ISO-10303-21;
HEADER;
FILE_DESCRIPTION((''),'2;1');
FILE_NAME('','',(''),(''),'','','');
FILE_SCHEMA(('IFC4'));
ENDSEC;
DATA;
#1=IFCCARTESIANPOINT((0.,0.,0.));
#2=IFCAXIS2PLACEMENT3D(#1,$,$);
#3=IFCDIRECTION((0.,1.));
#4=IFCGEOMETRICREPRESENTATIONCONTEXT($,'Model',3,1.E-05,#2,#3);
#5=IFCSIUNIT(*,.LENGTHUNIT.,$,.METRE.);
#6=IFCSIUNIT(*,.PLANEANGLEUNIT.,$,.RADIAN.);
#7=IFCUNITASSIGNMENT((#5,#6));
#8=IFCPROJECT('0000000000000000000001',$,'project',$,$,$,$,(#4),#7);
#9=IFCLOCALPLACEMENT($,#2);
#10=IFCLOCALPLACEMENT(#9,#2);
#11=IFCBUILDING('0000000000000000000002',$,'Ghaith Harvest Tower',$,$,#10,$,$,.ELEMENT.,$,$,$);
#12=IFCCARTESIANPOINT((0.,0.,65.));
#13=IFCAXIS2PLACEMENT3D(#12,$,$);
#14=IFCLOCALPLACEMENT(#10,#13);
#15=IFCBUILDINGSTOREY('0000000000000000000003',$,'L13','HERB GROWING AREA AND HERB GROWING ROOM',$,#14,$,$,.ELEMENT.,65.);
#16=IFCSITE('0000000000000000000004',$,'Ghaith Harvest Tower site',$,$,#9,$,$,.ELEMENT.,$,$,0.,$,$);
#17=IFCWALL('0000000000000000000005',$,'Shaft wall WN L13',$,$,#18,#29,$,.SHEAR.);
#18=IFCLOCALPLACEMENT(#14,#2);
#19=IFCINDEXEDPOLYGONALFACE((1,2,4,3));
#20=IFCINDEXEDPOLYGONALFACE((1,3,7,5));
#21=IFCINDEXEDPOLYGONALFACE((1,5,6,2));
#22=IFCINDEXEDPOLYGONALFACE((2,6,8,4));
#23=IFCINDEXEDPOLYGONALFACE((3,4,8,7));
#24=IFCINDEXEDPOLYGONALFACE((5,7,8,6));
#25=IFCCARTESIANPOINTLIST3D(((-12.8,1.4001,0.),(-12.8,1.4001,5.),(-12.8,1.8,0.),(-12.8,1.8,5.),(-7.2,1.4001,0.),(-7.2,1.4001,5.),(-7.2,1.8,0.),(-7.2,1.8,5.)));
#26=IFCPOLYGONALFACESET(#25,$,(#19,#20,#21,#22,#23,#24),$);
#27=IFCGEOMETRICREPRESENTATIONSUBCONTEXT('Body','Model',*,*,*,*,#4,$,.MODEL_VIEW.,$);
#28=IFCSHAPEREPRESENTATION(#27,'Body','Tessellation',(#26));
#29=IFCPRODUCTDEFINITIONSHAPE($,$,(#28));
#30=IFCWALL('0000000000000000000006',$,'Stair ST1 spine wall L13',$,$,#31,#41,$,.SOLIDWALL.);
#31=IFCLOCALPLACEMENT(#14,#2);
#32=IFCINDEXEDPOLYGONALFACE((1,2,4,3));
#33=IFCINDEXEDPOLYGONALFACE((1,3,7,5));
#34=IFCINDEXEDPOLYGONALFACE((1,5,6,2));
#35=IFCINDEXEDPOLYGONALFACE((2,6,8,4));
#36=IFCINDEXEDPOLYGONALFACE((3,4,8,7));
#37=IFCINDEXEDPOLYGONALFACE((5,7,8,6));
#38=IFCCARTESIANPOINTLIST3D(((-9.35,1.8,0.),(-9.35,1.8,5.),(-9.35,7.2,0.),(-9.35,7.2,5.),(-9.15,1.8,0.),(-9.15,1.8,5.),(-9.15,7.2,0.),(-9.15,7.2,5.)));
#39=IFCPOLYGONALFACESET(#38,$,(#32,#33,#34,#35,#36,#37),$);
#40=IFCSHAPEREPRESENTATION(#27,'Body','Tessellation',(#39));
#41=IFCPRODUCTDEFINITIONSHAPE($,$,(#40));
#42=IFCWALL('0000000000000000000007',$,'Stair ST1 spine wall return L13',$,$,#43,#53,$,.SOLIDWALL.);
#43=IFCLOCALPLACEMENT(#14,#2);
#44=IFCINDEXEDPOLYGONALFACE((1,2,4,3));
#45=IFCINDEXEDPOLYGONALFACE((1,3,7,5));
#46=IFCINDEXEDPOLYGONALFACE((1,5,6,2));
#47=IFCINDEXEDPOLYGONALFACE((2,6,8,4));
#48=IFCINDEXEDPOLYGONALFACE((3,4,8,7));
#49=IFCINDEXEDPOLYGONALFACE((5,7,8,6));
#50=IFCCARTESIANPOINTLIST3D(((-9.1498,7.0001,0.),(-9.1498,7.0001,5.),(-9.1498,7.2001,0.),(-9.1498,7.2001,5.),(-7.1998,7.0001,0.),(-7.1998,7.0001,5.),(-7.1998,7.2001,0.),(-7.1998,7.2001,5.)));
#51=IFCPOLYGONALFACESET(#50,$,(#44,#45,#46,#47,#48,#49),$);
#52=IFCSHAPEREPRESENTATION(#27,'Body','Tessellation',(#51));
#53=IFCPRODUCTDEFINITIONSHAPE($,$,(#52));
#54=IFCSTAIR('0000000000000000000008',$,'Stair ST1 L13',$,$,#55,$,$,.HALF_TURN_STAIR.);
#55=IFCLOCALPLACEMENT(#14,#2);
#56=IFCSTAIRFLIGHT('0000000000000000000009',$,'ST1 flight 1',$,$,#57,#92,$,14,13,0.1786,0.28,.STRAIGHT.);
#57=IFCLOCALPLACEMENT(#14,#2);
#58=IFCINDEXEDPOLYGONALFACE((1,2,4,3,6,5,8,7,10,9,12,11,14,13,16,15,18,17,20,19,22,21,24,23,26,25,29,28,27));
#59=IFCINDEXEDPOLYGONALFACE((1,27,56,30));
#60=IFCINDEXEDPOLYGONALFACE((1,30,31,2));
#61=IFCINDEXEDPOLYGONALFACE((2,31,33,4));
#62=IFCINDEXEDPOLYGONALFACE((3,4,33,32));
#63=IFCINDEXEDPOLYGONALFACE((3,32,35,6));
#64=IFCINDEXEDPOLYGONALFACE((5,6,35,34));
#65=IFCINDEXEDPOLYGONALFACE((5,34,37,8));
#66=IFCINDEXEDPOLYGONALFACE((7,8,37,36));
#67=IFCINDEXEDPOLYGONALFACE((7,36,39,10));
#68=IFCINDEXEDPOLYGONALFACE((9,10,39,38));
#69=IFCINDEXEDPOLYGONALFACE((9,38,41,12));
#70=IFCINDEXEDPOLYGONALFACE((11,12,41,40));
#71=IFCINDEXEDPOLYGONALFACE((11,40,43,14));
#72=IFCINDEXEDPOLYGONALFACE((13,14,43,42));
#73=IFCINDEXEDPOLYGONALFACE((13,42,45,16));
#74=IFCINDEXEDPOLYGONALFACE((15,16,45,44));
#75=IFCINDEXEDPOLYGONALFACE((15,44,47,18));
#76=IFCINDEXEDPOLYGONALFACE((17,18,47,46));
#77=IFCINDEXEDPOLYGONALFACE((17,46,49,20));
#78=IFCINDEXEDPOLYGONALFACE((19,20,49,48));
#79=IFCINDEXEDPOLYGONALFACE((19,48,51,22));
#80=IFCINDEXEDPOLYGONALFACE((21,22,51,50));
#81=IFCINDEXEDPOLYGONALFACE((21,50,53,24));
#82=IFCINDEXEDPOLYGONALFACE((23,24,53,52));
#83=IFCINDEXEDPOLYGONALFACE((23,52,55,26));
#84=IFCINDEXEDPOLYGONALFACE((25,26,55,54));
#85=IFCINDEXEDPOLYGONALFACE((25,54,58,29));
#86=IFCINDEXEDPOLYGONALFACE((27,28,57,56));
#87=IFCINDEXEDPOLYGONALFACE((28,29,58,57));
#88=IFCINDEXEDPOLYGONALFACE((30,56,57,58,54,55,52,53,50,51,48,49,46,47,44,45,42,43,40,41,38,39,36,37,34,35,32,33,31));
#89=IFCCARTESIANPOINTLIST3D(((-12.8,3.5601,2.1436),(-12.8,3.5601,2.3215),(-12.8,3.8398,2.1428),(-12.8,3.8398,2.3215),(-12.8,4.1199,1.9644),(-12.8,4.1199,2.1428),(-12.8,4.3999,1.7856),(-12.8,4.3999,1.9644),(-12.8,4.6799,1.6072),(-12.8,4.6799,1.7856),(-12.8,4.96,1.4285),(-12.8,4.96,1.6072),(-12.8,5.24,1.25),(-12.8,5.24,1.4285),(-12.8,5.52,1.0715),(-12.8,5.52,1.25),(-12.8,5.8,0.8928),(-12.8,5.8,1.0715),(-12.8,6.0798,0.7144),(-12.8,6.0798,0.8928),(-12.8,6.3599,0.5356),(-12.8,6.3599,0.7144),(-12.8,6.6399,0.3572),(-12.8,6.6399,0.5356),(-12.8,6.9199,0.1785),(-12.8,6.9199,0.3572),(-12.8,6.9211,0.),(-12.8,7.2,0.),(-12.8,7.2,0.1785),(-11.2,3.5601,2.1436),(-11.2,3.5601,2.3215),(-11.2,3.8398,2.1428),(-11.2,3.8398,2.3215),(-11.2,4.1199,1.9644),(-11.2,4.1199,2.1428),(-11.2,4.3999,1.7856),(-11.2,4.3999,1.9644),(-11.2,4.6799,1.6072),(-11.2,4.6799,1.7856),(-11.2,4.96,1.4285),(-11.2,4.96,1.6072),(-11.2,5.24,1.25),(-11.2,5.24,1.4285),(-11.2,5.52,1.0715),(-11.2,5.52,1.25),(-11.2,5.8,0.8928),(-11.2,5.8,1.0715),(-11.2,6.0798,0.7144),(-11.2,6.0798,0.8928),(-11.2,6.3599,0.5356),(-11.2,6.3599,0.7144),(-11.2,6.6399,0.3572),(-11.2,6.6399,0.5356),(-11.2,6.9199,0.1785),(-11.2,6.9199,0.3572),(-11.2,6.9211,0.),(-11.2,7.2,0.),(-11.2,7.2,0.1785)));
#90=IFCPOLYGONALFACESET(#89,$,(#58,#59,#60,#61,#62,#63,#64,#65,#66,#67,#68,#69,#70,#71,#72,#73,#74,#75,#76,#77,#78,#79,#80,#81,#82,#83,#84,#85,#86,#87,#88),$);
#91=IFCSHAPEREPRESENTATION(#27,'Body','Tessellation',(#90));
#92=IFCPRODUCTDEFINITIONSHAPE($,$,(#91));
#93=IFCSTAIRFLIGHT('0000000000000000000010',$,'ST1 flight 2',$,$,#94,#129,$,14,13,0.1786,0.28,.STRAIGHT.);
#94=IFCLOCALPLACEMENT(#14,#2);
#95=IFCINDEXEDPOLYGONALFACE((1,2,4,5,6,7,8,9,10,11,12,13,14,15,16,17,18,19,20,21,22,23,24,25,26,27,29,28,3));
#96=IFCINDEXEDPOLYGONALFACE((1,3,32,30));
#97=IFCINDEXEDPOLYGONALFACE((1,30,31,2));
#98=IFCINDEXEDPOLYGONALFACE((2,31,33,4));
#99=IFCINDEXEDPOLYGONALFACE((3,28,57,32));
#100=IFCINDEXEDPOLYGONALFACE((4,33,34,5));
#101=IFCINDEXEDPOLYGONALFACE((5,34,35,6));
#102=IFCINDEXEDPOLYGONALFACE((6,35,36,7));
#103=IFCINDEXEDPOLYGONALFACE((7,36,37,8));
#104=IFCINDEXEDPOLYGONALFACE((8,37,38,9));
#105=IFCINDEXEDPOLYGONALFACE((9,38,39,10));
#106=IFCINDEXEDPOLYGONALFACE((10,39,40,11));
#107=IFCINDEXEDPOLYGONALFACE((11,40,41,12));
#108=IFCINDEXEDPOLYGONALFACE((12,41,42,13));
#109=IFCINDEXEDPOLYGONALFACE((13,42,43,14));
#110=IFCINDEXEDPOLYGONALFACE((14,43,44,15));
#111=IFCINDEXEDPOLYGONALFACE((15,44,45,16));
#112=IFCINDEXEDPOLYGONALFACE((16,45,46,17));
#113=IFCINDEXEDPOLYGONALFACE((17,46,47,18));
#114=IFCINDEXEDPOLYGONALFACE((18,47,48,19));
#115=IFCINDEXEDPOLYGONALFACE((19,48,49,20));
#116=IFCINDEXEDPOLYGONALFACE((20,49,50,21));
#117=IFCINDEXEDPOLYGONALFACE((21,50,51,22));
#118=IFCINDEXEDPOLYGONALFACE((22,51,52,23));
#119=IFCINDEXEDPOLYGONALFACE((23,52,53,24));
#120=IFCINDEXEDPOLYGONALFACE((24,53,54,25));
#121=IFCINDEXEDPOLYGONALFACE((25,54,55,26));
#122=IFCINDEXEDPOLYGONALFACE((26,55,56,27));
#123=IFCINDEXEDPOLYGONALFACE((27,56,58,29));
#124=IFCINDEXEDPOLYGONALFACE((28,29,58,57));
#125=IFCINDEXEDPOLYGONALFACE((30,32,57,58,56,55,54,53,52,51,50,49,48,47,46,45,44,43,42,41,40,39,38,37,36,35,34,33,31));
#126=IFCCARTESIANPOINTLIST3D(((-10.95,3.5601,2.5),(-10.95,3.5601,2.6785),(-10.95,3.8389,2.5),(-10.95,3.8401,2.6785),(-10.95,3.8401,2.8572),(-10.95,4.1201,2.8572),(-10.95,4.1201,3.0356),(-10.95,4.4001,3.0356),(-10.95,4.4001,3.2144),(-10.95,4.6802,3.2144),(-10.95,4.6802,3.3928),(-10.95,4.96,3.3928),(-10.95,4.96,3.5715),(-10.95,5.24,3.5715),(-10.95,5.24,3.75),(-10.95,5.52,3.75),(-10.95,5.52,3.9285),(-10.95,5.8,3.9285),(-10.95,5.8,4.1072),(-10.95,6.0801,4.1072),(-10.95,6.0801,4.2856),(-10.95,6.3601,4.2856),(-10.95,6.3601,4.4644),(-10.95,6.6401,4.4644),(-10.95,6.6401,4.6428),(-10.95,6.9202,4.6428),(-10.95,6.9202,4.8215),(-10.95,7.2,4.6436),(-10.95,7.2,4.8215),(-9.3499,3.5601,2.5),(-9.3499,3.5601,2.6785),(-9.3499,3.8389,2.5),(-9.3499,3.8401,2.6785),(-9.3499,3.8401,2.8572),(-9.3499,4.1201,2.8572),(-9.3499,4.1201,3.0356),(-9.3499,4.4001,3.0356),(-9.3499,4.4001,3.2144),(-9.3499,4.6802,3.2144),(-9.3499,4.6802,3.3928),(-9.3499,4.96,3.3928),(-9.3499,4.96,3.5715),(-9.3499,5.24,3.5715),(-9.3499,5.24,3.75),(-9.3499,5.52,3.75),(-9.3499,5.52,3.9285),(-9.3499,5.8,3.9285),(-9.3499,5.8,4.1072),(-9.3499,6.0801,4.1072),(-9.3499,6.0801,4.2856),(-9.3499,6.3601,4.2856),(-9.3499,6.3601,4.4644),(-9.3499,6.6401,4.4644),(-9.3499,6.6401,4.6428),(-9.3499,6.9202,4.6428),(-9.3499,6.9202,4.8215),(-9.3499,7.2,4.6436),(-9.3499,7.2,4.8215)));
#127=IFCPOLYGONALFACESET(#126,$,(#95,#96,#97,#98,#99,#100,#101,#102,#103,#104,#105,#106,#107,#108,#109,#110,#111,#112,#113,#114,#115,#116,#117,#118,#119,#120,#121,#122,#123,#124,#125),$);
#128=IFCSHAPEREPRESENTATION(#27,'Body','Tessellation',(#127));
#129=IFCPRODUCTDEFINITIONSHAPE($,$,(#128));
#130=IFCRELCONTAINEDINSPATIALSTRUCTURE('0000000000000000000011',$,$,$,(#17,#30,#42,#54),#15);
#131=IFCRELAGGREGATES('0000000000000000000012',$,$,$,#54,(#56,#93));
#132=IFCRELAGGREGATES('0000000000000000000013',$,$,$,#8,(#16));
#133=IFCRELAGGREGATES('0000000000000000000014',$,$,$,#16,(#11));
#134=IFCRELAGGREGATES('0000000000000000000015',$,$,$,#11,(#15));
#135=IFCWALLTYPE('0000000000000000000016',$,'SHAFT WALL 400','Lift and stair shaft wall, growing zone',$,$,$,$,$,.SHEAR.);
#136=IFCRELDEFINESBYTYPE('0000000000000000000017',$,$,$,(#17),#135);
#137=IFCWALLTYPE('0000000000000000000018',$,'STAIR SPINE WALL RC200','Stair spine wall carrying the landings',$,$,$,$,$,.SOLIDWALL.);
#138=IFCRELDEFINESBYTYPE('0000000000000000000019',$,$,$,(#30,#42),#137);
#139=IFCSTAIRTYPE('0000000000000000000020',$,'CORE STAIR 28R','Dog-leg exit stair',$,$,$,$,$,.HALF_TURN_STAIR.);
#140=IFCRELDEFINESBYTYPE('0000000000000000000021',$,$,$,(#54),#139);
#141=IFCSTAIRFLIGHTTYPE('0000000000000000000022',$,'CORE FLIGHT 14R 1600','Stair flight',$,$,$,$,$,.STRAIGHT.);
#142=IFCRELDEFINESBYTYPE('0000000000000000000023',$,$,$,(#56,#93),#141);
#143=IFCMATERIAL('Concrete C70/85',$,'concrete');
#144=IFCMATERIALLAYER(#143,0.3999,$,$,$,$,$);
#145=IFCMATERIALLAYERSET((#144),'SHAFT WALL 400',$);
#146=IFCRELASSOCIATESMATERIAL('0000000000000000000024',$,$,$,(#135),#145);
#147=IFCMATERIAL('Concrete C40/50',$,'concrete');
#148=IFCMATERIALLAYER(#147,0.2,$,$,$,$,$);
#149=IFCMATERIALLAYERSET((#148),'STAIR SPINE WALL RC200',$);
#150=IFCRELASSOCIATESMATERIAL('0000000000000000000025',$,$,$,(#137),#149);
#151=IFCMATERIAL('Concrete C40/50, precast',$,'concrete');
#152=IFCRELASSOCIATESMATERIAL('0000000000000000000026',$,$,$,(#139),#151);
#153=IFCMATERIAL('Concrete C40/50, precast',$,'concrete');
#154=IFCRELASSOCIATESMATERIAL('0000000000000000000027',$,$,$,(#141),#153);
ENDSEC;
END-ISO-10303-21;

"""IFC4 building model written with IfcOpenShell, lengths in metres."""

from ifc_helpers import new_model, si_unit, direction, frame, frame_2d, origin, place, context, subcontext, project, spatial, polyline, rectangle, outline, extrude, material, layer, layer_set, type_object, element, aggregate, save


model = new_model("IFC4")

# Units and contexts
model_context = context("Model", 3, precision=1e-05, world=origin(), true_north=direction((0.0, 1.0)))
body_context = subcontext(model_context, "Body", "Model", "MODEL_VIEW")
ifc_project = project(units=[si_unit("LENGTHUNIT", "METRE"), si_unit("PLANEANGLEUNIT", "RADIAN")], contexts=[model_context])

# Site, building, storey
site_placement = place(None, origin())
site = spatial("IfcSite", under=ifc_project, at=site_placement, Name="Ghaith Harvest Tower site", CompositionType="ELEMENT", RefElevation=0.0)
building_placement = place(site_placement, origin())
building = spatial("IfcBuilding", under=site, at=building_placement, Name="Ghaith Harvest Tower", CompositionType="ELEMENT")
storey_placement = place(building_placement, frame((0.0, 0.0, 65.0)))
storey = spatial("IfcBuildingStorey", under=building, at=storey_placement, Name="L13", Description="HERB GROWING AREA AND HERB GROWING ROOM", CompositionType="ELEMENT", Elevation=65.0)

# Shared definitions
ifc_material_1 = material(Name="Concrete C70/85", Category="concrete")
ifc_layer_1 = layer(ifc_material_1, 0.3999)
ifc_layer_set_1 = layer_set([ifc_layer_1], Name="SHAFT WALL 400")
wall_type_1 = type_object("IfcWallType", Name="SHAFT WALL 400", Description="Lift and stair shaft wall, growing zone", PredefinedType="SHEAR", material=ifc_layer_set_1)

# Walls
wall_1_placement = place(storey_placement, frame((-12.8, 1.6001, 0.0), z_axis=(0.0, 0.0, 1.0), x_axis=(1.0, 0.0, 0.0)))
element("IfcWall", 1, at=wall_1_placement, inside=storey, type_object=wall_type_1, Name="Shaft wall WN L13", PredefinedType="SHEAR", context=body_context, shape_type="SweptSolid", body=[
    extrude(rectangle(XDim=5.6001, YDim=0.3999, at=frame_2d((2.8, 0.0))), origin(), (0.0, 0.0, 1.0), 5.0),
])
ifc_material_2 = material(Name="Concrete C40/50", Category="concrete")
ifc_layer_2 = layer(ifc_material_2, 0.2)
ifc_layer_set_2 = layer_set([ifc_layer_2], Name="STAIR SPINE WALL RC200")
wall_type_2 = type_object("IfcWallType", Name="STAIR SPINE WALL RC200", Description="Stair spine wall carrying the landings", PredefinedType="SOLIDWALL", material=ifc_layer_set_2)
wall_2_placement = place(storey_placement, frame((-9.25, 7.2, 0.0), z_axis=(0.0, 0.0, 1.0), x_axis=(0.0, -1.0, 0.0)))
element("IfcWall", 2, at=wall_2_placement, inside=storey, type_object=wall_type_2, Name="Stair ST1 spine wall L13", PredefinedType="SOLIDWALL", context=body_context, shape_type="SweptSolid", body=[
    extrude(rectangle(XDim=5.3999, YDim=0.2, at=frame_2d((2.7, 0.0))), origin(), (0.0, 0.0, 1.0), 5.0),
])
wall_3_placement = place(storey_placement, frame((-9.1499, 7.1001, 0.0), z_axis=(0.0, 0.0, 1.0), x_axis=(1.0, 0.0, 0.0)))
element("IfcWall", 3, at=wall_3_placement, inside=storey, type_object=wall_type_2, Name="Stair ST1 spine wall return L13", PredefinedType="SOLIDWALL", context=body_context, shape_type="SweptSolid", body=[
    extrude(rectangle(XDim=1.95, YDim=0.2, at=frame_2d((0.9751, 0.0))), origin(), (0.0, 0.0, 1.0), 5.0),
])

# Stair, stair flights
ifc_material_3 = material(Name="Concrete C40/50, precast", Category="concrete")
stair_type = type_object("IfcStairType", Name="CORE STAIR 28R", Description="Dog-leg exit stair", PredefinedType="HALF_TURN_STAIR", material=ifc_material_3)
stair_placement = place(storey_placement, origin())
stair = element("IfcStair", 4, at=stair_placement, inside=storey, type_object=stair_type, Name="Stair ST1 L13", PredefinedType="HALF_TURN_STAIR")
ifc_material_4 = material(Name="Concrete C40/50, precast", Category="concrete")
stair_flight_type = type_object("IfcStairFlightType", Name="CORE FLIGHT 14R 1600", Description="Stair flight", PredefinedType="STRAIGHT", material=ifc_material_4)
stair_flight_1_placement = place(storey_placement, frame((-12.0, 7.2, 0.0), z_axis=(0.0, 0.0, 1.0), x_axis=(0.0, -1.0, 0.0)))
stair_flight_1 = element("IfcStairFlight", 5, at=stair_flight_1_placement, type_object=stair_flight_type, Name="ST1 flight 1", NumberOfRisers=14, NumberOfTreads=13, PredefinedType="STRAIGHT", RiserHeight=0.1786, TreadLength=0.28, context=body_context, shape_type="SweptSolid", body=[
    extrude(outline(polyline([(0.0, 0.0), (0.0, 0.1785), (0.28, 0.1785), (0.28, 0.3572), (0.5601, 0.3572), (0.5601, 0.5356), (0.8401, 0.5356), (0.8401, 0.7144), (1.1201, 0.7144), (1.1201, 0.8928), (1.3999, 0.8928), (1.3999, 1.0715), (1.6799, 1.0715), (1.6799, 1.25), (1.96, 1.25), (1.96, 1.4285), (2.24, 1.4285), (2.24, 1.6072), (2.52, 1.6072), (2.52, 1.7856), (2.8, 1.7856), (2.8, 1.9644), (3.0801, 1.9644), (3.0801, 2.1428), (3.3601, 2.1428), (3.3601, 2.3215), (3.6399, 2.3215), (3.6399, 2.5), (3.6399, 2.1436), (0.2788, 0.0), (0.0, 0.0)])), frame((0.0, 0.8, 0.0), z_axis=(0.0, -1.0, 0.0), x_axis=(1.0, 0.0, 0.0)), (0.0, 0.0, 1.0), 1.6001),
])
stair_flight_2_placement = place(storey_placement, frame((-10.1499, 3.5601, 2.5), z_axis=(0.0, 0.0, 1.0), x_axis=(0.0, 1.0, 0.0)))
stair_flight_2 = element("IfcStairFlight", 6, at=stair_flight_2_placement, type_object=stair_flight_type, Name="ST1 flight 2", NumberOfRisers=14, NumberOfTreads=13, PredefinedType="STRAIGHT", RiserHeight=0.1786, TreadLength=0.28, context=body_context, shape_type="SweptSolid", body=[
    extrude(outline(polyline([(0.0, 0.0), (0.0, 0.1785), (0.28, 0.1785), (0.28, 0.3572), (0.5601, 0.3572), (0.5601, 0.5356), (0.8401, 0.5356), (0.8401, 0.7144), (1.1201, 0.7144), (1.1201, 0.8928), (1.3999, 0.8928), (1.3999, 1.0715), (1.6799, 1.0715), (1.6799, 1.25), (1.96, 1.25), (1.96, 1.4285), (2.24, 1.4285), (2.24, 1.6072), (2.52, 1.6072), (2.52, 1.7856), (2.8, 1.7856), (2.8, 1.9644), (3.0801, 1.9644), (3.0801, 2.1428), (3.3601, 2.1428), (3.3601, 2.3215), (3.6399, 2.3215), (3.6399, 2.5), (3.6399, 2.1436), (0.2788, 0.0), (0.0, 0.0)])), frame((0.0, 0.8, 0.0), z_axis=(0.0, -1.0, 0.0), x_axis=(1.0, 0.0, 0.0)), (0.0, 0.0, 1.0), 1.6001),
])
aggregate(stair, [stair_flight_1, stair_flight_2])

save(model, "model.ifc")
